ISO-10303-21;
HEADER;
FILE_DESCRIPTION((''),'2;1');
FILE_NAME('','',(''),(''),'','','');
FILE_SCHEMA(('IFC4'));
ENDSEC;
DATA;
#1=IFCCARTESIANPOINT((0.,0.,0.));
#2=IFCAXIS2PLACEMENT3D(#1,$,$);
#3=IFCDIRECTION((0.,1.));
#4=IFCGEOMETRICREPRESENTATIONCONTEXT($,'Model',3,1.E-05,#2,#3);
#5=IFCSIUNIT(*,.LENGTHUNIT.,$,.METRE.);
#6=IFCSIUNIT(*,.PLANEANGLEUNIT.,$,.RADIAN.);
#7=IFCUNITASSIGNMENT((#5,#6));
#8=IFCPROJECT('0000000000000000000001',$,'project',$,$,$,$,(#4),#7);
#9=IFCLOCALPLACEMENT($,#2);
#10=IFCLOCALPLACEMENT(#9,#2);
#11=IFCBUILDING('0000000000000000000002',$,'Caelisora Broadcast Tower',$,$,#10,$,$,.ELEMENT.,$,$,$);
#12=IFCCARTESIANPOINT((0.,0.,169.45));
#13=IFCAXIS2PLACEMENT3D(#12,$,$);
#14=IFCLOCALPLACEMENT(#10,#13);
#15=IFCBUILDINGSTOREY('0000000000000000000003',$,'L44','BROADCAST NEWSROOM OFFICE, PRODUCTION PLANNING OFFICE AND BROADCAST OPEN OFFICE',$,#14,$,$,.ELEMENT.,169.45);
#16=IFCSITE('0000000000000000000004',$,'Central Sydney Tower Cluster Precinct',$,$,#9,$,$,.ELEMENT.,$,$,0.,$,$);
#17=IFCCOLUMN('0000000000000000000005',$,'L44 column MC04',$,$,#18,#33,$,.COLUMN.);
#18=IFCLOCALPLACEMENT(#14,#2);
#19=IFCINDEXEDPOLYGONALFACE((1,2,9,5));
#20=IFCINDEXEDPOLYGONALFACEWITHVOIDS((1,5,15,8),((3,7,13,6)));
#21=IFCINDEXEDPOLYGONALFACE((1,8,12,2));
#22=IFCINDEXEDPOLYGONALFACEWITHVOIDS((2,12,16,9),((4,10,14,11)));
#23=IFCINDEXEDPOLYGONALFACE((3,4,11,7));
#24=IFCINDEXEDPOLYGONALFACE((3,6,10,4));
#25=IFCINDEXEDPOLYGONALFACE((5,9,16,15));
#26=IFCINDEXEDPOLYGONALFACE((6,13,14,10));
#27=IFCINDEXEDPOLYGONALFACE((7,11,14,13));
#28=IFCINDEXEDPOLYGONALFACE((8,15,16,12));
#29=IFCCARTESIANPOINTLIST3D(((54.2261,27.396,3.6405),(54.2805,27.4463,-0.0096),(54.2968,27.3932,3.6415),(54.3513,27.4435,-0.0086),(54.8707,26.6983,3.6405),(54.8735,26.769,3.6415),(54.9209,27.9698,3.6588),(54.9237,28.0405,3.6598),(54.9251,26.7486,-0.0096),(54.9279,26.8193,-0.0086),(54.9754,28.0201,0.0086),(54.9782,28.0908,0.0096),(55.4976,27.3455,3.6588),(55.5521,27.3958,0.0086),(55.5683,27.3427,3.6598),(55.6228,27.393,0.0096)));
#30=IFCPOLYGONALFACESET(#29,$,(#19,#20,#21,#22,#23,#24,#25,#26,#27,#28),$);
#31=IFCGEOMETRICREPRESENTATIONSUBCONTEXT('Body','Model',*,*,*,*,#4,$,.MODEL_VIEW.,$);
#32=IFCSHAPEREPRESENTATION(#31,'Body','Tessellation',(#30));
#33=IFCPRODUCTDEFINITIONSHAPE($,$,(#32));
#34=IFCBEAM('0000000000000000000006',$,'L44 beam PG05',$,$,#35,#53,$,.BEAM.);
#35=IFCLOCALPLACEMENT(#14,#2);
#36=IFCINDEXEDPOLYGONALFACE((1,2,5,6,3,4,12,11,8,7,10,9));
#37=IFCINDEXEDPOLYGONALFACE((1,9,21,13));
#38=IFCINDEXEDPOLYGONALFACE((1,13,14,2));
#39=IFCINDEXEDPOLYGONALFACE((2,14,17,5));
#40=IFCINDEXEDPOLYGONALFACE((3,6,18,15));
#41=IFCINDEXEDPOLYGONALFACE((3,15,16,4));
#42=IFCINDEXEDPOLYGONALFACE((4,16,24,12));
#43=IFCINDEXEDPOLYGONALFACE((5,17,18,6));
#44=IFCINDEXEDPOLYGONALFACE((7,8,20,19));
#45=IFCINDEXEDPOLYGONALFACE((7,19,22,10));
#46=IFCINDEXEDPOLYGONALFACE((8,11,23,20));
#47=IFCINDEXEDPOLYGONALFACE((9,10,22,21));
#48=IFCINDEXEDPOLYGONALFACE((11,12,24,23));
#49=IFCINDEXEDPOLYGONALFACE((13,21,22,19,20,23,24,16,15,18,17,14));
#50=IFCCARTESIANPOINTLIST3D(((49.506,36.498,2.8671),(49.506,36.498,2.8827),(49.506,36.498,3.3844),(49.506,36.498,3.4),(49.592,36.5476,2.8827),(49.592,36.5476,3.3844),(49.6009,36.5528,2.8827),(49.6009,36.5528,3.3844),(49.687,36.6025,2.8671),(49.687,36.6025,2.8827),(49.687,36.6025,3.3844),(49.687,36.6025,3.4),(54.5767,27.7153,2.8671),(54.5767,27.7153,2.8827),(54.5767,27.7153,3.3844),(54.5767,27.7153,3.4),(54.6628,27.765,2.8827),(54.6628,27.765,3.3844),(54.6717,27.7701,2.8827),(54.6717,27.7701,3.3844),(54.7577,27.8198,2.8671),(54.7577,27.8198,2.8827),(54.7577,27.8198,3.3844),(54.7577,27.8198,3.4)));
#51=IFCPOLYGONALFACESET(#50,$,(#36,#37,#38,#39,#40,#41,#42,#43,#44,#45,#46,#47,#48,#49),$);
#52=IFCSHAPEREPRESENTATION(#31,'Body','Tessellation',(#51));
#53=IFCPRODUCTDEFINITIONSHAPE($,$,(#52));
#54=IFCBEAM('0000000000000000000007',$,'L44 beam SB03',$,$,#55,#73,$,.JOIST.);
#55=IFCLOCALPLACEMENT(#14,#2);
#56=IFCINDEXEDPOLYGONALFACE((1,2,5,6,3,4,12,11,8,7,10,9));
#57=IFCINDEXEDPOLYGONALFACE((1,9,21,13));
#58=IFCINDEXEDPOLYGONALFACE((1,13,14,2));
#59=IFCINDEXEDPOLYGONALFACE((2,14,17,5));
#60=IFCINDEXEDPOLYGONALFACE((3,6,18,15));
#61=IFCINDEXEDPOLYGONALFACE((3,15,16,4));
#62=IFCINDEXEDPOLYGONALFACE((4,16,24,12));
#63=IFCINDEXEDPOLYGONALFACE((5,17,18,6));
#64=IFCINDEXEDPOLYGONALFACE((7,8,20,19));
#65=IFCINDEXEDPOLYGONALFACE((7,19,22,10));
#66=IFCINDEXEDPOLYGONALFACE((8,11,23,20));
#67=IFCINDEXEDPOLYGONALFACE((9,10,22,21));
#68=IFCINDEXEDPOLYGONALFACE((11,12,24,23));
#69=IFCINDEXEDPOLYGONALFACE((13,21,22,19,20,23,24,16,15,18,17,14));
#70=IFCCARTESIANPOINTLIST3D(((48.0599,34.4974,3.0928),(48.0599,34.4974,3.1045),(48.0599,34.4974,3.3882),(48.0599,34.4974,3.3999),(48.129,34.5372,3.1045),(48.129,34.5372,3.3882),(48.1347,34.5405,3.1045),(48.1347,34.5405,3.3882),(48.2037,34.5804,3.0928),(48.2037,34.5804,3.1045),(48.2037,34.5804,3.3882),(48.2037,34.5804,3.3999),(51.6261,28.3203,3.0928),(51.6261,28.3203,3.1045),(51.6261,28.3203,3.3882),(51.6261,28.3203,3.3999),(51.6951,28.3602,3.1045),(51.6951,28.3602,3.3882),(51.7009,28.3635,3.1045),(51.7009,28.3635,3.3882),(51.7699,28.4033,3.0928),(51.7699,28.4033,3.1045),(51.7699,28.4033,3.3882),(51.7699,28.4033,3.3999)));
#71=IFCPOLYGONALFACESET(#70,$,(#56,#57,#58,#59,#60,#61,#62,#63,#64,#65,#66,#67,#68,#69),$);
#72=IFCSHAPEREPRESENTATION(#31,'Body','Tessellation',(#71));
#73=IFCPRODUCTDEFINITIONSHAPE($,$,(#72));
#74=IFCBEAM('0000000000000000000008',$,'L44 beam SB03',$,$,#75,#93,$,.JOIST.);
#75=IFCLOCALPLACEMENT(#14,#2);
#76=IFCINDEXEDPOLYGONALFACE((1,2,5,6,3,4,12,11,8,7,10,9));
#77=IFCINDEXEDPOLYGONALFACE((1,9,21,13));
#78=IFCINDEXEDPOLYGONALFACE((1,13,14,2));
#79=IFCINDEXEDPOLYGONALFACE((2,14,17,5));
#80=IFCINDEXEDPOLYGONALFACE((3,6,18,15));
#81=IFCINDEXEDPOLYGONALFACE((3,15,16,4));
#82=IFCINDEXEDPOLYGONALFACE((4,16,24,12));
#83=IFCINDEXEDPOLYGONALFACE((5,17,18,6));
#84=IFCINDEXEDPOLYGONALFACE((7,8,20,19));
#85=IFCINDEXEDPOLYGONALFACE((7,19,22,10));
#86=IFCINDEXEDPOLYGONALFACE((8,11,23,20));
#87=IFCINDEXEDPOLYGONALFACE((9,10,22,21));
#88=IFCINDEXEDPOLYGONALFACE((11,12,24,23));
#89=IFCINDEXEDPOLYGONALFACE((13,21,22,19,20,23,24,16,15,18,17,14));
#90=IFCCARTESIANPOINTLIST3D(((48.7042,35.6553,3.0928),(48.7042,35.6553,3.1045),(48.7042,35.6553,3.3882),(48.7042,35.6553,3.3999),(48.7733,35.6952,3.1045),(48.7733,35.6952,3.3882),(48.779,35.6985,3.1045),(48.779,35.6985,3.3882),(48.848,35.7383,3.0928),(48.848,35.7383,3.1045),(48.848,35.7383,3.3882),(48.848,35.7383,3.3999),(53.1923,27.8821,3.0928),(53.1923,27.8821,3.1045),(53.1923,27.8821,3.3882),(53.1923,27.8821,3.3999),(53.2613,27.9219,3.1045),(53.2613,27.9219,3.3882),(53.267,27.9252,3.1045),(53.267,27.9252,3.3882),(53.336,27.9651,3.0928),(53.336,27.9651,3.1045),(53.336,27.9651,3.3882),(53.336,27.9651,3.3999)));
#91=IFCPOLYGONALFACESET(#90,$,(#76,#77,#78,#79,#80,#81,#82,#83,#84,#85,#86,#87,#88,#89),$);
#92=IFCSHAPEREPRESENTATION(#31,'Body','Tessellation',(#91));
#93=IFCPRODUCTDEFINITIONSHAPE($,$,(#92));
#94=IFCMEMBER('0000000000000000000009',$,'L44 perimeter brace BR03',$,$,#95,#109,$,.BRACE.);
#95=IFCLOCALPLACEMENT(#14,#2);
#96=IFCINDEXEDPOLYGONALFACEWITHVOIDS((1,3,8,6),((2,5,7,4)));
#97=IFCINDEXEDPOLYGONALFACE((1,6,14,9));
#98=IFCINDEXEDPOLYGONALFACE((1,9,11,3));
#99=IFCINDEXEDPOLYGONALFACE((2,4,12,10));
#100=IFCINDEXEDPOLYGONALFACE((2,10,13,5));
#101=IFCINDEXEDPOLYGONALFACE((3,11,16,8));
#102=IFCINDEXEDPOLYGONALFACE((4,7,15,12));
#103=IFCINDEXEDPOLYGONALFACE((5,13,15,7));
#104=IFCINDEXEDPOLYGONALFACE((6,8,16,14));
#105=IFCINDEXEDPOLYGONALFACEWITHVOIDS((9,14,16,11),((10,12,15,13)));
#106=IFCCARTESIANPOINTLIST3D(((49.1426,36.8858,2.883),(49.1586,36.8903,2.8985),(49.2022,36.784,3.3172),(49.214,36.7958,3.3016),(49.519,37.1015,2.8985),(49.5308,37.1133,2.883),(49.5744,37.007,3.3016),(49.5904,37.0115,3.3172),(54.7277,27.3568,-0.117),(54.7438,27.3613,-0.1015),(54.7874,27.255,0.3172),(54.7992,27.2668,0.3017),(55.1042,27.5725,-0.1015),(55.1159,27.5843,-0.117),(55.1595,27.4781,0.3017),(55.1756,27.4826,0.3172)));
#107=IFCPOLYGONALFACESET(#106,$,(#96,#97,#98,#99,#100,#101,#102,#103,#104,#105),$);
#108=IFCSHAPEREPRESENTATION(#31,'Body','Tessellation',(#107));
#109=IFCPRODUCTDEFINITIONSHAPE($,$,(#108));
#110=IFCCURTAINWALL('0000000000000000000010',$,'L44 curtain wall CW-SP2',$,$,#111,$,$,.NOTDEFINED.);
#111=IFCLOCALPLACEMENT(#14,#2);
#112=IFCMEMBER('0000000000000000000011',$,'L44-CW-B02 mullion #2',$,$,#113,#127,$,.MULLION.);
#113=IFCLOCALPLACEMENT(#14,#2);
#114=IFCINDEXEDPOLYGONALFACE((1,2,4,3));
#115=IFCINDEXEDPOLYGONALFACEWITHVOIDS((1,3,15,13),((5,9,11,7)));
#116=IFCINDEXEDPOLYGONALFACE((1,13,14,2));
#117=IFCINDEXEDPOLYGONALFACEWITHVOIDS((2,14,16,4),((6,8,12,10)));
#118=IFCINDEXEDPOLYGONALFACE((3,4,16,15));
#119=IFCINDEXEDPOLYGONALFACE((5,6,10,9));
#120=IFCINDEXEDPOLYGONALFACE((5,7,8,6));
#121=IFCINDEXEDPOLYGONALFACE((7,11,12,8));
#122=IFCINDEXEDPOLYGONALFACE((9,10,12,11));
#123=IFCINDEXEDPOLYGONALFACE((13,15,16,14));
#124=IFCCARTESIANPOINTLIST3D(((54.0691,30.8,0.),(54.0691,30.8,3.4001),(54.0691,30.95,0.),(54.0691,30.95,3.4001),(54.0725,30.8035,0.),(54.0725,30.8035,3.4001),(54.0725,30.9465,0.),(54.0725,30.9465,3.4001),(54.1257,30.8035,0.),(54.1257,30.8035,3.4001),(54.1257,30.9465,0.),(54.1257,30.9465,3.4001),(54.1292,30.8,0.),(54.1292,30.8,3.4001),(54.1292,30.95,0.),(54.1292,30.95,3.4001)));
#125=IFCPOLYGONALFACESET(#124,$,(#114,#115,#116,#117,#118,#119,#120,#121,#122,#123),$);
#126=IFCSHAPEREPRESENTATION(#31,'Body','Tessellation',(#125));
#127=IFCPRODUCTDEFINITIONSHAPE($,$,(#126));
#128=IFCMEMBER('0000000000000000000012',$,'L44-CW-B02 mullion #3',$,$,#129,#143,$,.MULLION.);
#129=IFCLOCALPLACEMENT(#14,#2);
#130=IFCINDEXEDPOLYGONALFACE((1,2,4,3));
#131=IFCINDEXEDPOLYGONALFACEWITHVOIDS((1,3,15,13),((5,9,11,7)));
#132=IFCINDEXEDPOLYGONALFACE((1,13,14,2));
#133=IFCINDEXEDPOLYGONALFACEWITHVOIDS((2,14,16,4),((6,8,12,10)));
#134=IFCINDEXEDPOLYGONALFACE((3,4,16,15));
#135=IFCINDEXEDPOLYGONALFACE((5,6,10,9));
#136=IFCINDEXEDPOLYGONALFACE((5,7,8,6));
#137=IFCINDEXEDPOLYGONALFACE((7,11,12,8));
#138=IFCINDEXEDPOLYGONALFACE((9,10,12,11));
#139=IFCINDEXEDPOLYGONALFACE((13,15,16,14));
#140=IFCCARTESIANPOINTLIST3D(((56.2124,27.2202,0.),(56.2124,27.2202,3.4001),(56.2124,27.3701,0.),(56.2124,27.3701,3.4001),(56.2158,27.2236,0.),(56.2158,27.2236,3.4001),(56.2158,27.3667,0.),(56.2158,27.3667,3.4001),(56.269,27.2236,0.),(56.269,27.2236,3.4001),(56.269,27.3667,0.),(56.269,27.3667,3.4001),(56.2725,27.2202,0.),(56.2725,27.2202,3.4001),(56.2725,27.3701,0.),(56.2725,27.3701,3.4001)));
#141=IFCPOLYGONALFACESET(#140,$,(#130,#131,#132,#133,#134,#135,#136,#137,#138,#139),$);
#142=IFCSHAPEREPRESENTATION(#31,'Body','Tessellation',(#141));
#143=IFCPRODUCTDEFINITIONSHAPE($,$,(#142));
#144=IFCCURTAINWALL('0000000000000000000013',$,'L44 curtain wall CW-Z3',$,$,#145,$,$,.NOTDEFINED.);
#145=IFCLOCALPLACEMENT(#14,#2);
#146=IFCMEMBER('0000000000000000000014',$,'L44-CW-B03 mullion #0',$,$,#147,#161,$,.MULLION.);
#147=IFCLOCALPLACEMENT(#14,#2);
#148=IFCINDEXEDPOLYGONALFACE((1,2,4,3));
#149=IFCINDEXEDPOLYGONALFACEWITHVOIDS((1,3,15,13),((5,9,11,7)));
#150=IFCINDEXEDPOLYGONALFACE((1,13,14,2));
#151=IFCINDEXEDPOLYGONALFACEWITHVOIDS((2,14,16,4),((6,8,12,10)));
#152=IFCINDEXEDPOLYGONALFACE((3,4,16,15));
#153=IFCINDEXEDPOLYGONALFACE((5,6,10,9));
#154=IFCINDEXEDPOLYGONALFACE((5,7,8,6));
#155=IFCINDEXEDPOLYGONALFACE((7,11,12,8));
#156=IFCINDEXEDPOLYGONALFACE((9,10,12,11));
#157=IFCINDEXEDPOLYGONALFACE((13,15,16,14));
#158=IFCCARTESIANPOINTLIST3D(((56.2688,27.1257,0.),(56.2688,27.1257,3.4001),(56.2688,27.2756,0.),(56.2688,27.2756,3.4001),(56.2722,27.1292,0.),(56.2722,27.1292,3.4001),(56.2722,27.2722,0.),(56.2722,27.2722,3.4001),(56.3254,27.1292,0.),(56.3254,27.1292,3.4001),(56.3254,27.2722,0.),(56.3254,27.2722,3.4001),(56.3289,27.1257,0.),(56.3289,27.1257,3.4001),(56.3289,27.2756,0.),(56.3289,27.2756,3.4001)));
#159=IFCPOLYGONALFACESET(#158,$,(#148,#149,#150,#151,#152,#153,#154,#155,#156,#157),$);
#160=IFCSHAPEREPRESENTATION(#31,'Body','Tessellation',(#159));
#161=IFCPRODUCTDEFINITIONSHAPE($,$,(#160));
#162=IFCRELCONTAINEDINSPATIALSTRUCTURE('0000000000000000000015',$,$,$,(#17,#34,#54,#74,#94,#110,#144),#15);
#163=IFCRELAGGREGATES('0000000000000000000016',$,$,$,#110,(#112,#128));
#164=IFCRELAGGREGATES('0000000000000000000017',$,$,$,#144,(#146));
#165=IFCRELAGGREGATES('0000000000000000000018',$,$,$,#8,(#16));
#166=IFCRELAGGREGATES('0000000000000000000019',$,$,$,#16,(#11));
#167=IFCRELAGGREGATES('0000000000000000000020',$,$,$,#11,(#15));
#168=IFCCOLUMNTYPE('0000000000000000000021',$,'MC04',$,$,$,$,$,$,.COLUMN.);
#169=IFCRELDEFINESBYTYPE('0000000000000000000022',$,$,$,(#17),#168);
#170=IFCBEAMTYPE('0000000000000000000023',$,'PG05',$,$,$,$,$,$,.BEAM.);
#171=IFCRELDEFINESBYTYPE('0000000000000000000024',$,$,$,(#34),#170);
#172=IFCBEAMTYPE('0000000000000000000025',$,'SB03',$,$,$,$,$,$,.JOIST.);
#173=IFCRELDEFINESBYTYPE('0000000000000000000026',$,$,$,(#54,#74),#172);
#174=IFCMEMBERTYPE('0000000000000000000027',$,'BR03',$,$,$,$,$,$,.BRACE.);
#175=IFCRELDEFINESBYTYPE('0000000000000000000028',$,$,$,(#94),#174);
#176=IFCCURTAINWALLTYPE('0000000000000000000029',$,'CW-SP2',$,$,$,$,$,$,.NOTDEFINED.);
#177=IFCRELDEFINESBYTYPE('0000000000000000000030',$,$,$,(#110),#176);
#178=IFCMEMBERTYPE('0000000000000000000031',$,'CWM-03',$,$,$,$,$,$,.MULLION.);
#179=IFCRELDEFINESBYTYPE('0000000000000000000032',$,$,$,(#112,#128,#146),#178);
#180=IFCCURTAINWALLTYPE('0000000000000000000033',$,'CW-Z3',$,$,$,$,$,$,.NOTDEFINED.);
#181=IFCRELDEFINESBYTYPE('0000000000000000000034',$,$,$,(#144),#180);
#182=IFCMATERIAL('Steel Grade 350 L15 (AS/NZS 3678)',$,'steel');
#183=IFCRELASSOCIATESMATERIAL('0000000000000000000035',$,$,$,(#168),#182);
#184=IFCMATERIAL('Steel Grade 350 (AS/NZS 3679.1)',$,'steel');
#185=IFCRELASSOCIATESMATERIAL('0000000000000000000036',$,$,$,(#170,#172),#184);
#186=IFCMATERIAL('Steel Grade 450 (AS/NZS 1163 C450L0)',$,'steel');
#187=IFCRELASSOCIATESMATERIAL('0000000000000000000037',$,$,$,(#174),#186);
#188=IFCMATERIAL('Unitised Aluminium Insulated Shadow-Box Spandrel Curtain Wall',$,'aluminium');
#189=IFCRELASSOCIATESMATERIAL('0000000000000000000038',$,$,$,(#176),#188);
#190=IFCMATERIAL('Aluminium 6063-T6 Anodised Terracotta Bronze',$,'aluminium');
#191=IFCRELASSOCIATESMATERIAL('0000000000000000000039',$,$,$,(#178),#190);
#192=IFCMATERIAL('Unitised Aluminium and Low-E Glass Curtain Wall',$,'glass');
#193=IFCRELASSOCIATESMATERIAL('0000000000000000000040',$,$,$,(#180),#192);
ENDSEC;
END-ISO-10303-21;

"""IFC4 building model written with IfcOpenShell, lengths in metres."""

from ifc_helpers import new_model, si_unit, direction, frame, origin, origin_2d, place, context, subcontext, project, spatial, hollow_rectangle, i_section, extrude, source, transform, mapped, material, material_profile, profile_set, type_object, type_shapes, element, aggregate, save


model = new_model("IFC4")

# Units and contexts
model_context = context("Model", 3, precision=1e-05, world=origin(), true_north=direction((0.0, 1.0)))
body_context = subcontext(model_context, "Body", "Model", "MODEL_VIEW")
ifc_project = project(units=[si_unit("LENGTHUNIT", "METRE"), si_unit("PLANEANGLEUNIT", "RADIAN")], contexts=[model_context])

# Site, building, storey
site_placement = place(None, origin())
site = spatial("IfcSite", under=ifc_project, at=site_placement, Name="Central Sydney Tower Cluster Precinct", CompositionType="ELEMENT", RefElevation=0.0)
building_placement = place(site_placement, origin())
building = spatial("IfcBuilding", under=site, at=building_placement, Name="Caelisora Broadcast Tower", CompositionType="ELEMENT")
storey_placement = place(building_placement, frame((0.0, 0.0, 169.45)))
storey = spatial("IfcBuildingStorey", under=building, at=storey_placement, Name="L44", Description="BROADCAST NEWSROOM OFFICE, PRODUCTION PLANNING OFFICE AND BROADCAST OPEN OFFICE", CompositionType="ELEMENT", Elevation=169.45)

# Column
ifc_material_1 = material(Name="Steel Grade 350 L15 (AS/NZS 3678)", Category="steel")
ifc_material_profile_1 = material_profile(ifc_material_1, hollow_rectangle(XDim=0.95, YDim=0.95, WallThickness=0.05, at=origin_2d()), Name="Steel Grade 350 L15 (AS/NZS 3678)")
ifc_profile_set_1 = profile_set([ifc_material_profile_1], Name="Steel Grade 350 L15 (AS/NZS 3678)")
column_type = type_object("IfcColumnType", Name="MC04", PredefinedType="COLUMN", material=ifc_profile_set_1)
shared_shape_1 = source(origin(), body_context, "Body", "SweptSolid", [
    extrude(hollow_rectangle(XDim=0.95, YDim=0.95, WallThickness=0.05, at=origin_2d()), origin(), (0.0, 0.0, 1.0), 3.6509),
])
type_shapes(column_type, [shared_shape_1])
column_placement = place(storey_placement, frame((54.9517, 27.4197, 0.0), z_axis=(-0.014912, -0.013776, 0.999794), x_axis=(0.678554, -0.734551, 0.0)))
element("IfcColumn", 1, at=column_placement, inside=storey, type_object=column_type, Name="L44 column MC04", PredefinedType="COLUMN", context=body_context, shape_type="MappedRepresentation", body=[
    mapped(shared_shape_1, transform((0.0, 0.0, 0.0), scale=1.0)),
])

# Beams
ifc_material_2 = material(Name="Steel Grade 350 (AS/NZS 3679.1)", Category="steel")
ifc_material_profile_2 = material_profile(ifc_material_2, i_section(OverallWidth=0.209, OverallDepth=0.533, WebThickness=0.0103, FlangeThickness=0.0156, at=origin_2d()), Name="Steel Grade 350 (AS/NZS 3679.1)")
ifc_profile_set_2 = profile_set([ifc_material_profile_2], Name="Steel Grade 350 (AS/NZS 3679.1)")
beam_type_1 = type_object("IfcBeamType", Name="PG05", PredefinedType="BEAM", material=ifc_profile_set_2)
shared_shape_2 = source(origin(), body_context, "Body", "SweptSolid", [
    extrude(i_section(OverallWidth=0.209, OverallDepth=0.533, WebThickness=0.0103, FlangeThickness=0.0156, at=origin_2d()), origin(), (0.0, 0.0, 1.0), 10.1414),
])
type_shapes(beam_type_1, [shared_shape_2])
beam_1_placement = place(storey_placement, frame((54.6672, 27.7676, 3.1335), z_axis=(-0.500007, 0.866021, 0.0), x_axis=(-0.866021, -0.500007, 0.0)))
element("IfcBeam", 2, at=beam_1_placement, inside=storey, type_object=beam_type_1, Name="L44 beam PG05", PredefinedType="BEAM", context=body_context, shape_type="MappedRepresentation", body=[
    mapped(shared_shape_2, transform((0.0, 0.0, 0.0), scale=1.0)),
])
ifc_material_profile_3 = material_profile(ifc_material_2, i_section(OverallWidth=0.166, OverallDepth=0.3071, WebThickness=0.0066, FlangeThickness=0.0117, at=origin_2d()), Name="Steel Grade 350 (AS/NZS 3679.1)")
ifc_profile_set_3 = profile_set([ifc_material_profile_3], Name="Steel Grade 350 (AS/NZS 3679.1)")
beam_type_2 = type_object("IfcBeamType", Name="SB03", PredefinedType="JOIST", material=ifc_profile_set_3)
shared_shape_3 = source(origin(), body_context, "Body", "SweptSolid", [
    extrude(i_section(OverallWidth=0.166, OverallDepth=0.3071, WebThickness=0.0066, FlangeThickness=0.0117, at=origin_2d()), origin(), (0.0, 0.0, 1.0), 7.1326),
])
beam_2_placement = place(storey_placement, frame((51.698, 28.3618, 3.2463), z_axis=(-0.499986, 0.866033, 0.0), x_axis=(-0.866033, -0.499986, 0.0)))
element("IfcBeam", 3, at=beam_2_placement, inside=storey, type_object=beam_type_2, Name="L44 beam SB03", PredefinedType="JOIST", context=body_context, shape_type="MappedRepresentation", body=[
    mapped(shared_shape_3, transform((0.0, 0.0, 0.0), scale=1.0)),
])
shared_shape_4 = source(origin(), body_context, "Body", "SweptSolid", [
    extrude(i_section(OverallWidth=0.166, OverallDepth=0.3071, WebThickness=0.0066, FlangeThickness=0.0117, at=origin_2d()), origin(), (0.0, 0.0, 1.0), 8.9758),
])
type_shapes(beam_type_2, [shared_shape_3, shared_shape_4])
beam_3_placement = place(storey_placement, frame((53.2642, 27.9236, 3.2463), z_axis=(-0.500015, 0.866017, 0.0), x_axis=(-0.866017, -0.500015, 0.0)))
element("IfcBeam", 4, at=beam_3_placement, inside=storey, type_object=beam_type_2, Name="L44 beam SB03", PredefinedType="JOIST", context=body_context, shape_type="MappedRepresentation", body=[
    mapped(shared_shape_4, transform((0.0, 0.0, 0.0), scale=1.0)),
])

# Member
ifc_material_3 = material(Name="Steel Grade 450 (AS/NZS 1163 C450L0)", Category="steel")
ifc_material_profile_4 = material_profile(ifc_material_3, hollow_rectangle(XDim=0.45, YDim=0.45, WallThickness=0.0161, at=origin_2d()), Name="Steel Grade 450 (AS/NZS 1163 C450L0)")
ifc_profile_set_4 = profile_set([ifc_material_profile_4], Name="Steel Grade 450 (AS/NZS 1163 C450L0)")
member_type_1 = type_object("IfcMemberType", Name="BR03", PredefinedType="BRACE", material=ifc_profile_set_4)
shared_shape_5 = source(origin(), body_context, "Body", "SweptSolid", [
    extrude(hollow_rectangle(XDim=0.45, YDim=0.45, WallThickness=0.0161, at=origin_2d()), origin(), (0.0, 0.0, 1.0), 11.4453),
])
type_shapes(member_type_1, [shared_shape_5])
member_1_placement = place(storey_placement, frame((54.9517, 27.4197, 0.1001), z_axis=(-0.487987, 0.832566, 0.262114), x_axis=(-0.862729, -0.505666, 0.0)))
element("IfcMember", 5, at=member_1_placement, inside=storey, type_object=member_type_1, Name="L44 perimeter brace BR03", PredefinedType="BRACE", context=body_context, shape_type="MappedRepresentation", body=[
    mapped(shared_shape_5, transform((0.0, 0.0, 0.0), scale=1.0)),
])

# Curtain walls, members
ifc_material_4 = material(Name="Unitised Aluminium Insulated Shadow-Box Spandrel Curtain Wall", Category="aluminium")
curtain_wall_type_1 = type_object("IfcCurtainWallType", Name="CW-SP2", PredefinedType="NOTDEFINED", material=ifc_material_4)
curtain_wall_1_placement = place(storey_placement, origin())
curtain_wall_1 = element("IfcCurtainWall", 6, at=curtain_wall_1_placement, inside=storey, type_object=curtain_wall_type_1, Name="L44 curtain wall CW-SP2", PredefinedType="NOTDEFINED")
ifc_material_5 = material(Name="Aluminium 6063-T6 Anodised Terracotta Bronze", Category="aluminium")
ifc_material_profile_5 = material_profile(ifc_material_5, hollow_rectangle(XDim=0.0601, YDim=0.1499, WallThickness=0.0034, at=origin_2d()), Name="Aluminium 6063-T6 Anodised Terracotta Bronze")
ifc_profile_set_5 = profile_set([ifc_material_profile_5], Name="Aluminium 6063-T6 Anodised Terracotta Bronze")
member_type_2 = type_object("IfcMemberType", Name="CWM-03", PredefinedType="MULLION", material=ifc_profile_set_5)
shared_shape_6 = source(origin(), body_context, "Body", "SweptSolid", [
    extrude(hollow_rectangle(XDim=0.0601, YDim=0.1499, WallThickness=0.0034, at=origin_2d()), origin(), (0.0, 0.0, 1.0), 3.4001),
])
type_shapes(member_type_2, [shared_shape_6])
member_2_placement = place(storey_placement, frame((54.0991, 30.875, 0.0), z_axis=(0.0, 0.0, 1.0), x_axis=(1.0, 0.0, 0.0)))
member_2 = element("IfcMember", 7, at=member_2_placement, type_object=member_type_2, Name="L44-CW-B02 mullion #2", PredefinedType="MULLION", context=body_context, shape_type="MappedRepresentation", body=[
    mapped(shared_shape_6, transform((0.0, 0.0, 0.0), scale=1.0)),
])
member_3_placement = place(storey_placement, frame((56.2424, 27.2952, 0.0), z_axis=(0.0, 0.0, 1.0), x_axis=(1.0, 0.0, 0.0)))
member_3 = element("IfcMember", 8, at=member_3_placement, type_object=member_type_2, Name="L44-CW-B02 mullion #3", PredefinedType="MULLION", context=body_context, shape_type="MappedRepresentation", body=[
    mapped(shared_shape_6, transform((0.0, 0.0, 0.0), scale=1.0)),
])
ifc_material_6 = material(Name="Unitised Aluminium and Low-E Glass Curtain Wall", Category="glass")
curtain_wall_type_2 = type_object("IfcCurtainWallType", Name="CW-Z3", PredefinedType="NOTDEFINED", material=ifc_material_6)
curtain_wall_2_placement = place(storey_placement, origin())
curtain_wall_2 = element("IfcCurtainWall", 9, at=curtain_wall_2_placement, inside=storey, type_object=curtain_wall_type_2, Name="L44 curtain wall CW-Z3", PredefinedType="NOTDEFINED")
member_4_placement = place(storey_placement, frame((56.2988, 27.2007, 0.0), z_axis=(0.0, 0.0, 1.0), x_axis=(1.0, 0.0, 0.0)))
member_4 = element("IfcMember", 10, at=member_4_placement, type_object=member_type_2, Name="L44-CW-B03 mullion #0", PredefinedType="MULLION", context=body_context, shape_type="MappedRepresentation", body=[
    mapped(shared_shape_6, transform((0.0, 0.0, 0.0), scale=1.0)),
])

aggregate(curtain_wall_1, [member_2, member_3])
aggregate(curtain_wall_2, [member_4])

save(model, "model.ifc")
